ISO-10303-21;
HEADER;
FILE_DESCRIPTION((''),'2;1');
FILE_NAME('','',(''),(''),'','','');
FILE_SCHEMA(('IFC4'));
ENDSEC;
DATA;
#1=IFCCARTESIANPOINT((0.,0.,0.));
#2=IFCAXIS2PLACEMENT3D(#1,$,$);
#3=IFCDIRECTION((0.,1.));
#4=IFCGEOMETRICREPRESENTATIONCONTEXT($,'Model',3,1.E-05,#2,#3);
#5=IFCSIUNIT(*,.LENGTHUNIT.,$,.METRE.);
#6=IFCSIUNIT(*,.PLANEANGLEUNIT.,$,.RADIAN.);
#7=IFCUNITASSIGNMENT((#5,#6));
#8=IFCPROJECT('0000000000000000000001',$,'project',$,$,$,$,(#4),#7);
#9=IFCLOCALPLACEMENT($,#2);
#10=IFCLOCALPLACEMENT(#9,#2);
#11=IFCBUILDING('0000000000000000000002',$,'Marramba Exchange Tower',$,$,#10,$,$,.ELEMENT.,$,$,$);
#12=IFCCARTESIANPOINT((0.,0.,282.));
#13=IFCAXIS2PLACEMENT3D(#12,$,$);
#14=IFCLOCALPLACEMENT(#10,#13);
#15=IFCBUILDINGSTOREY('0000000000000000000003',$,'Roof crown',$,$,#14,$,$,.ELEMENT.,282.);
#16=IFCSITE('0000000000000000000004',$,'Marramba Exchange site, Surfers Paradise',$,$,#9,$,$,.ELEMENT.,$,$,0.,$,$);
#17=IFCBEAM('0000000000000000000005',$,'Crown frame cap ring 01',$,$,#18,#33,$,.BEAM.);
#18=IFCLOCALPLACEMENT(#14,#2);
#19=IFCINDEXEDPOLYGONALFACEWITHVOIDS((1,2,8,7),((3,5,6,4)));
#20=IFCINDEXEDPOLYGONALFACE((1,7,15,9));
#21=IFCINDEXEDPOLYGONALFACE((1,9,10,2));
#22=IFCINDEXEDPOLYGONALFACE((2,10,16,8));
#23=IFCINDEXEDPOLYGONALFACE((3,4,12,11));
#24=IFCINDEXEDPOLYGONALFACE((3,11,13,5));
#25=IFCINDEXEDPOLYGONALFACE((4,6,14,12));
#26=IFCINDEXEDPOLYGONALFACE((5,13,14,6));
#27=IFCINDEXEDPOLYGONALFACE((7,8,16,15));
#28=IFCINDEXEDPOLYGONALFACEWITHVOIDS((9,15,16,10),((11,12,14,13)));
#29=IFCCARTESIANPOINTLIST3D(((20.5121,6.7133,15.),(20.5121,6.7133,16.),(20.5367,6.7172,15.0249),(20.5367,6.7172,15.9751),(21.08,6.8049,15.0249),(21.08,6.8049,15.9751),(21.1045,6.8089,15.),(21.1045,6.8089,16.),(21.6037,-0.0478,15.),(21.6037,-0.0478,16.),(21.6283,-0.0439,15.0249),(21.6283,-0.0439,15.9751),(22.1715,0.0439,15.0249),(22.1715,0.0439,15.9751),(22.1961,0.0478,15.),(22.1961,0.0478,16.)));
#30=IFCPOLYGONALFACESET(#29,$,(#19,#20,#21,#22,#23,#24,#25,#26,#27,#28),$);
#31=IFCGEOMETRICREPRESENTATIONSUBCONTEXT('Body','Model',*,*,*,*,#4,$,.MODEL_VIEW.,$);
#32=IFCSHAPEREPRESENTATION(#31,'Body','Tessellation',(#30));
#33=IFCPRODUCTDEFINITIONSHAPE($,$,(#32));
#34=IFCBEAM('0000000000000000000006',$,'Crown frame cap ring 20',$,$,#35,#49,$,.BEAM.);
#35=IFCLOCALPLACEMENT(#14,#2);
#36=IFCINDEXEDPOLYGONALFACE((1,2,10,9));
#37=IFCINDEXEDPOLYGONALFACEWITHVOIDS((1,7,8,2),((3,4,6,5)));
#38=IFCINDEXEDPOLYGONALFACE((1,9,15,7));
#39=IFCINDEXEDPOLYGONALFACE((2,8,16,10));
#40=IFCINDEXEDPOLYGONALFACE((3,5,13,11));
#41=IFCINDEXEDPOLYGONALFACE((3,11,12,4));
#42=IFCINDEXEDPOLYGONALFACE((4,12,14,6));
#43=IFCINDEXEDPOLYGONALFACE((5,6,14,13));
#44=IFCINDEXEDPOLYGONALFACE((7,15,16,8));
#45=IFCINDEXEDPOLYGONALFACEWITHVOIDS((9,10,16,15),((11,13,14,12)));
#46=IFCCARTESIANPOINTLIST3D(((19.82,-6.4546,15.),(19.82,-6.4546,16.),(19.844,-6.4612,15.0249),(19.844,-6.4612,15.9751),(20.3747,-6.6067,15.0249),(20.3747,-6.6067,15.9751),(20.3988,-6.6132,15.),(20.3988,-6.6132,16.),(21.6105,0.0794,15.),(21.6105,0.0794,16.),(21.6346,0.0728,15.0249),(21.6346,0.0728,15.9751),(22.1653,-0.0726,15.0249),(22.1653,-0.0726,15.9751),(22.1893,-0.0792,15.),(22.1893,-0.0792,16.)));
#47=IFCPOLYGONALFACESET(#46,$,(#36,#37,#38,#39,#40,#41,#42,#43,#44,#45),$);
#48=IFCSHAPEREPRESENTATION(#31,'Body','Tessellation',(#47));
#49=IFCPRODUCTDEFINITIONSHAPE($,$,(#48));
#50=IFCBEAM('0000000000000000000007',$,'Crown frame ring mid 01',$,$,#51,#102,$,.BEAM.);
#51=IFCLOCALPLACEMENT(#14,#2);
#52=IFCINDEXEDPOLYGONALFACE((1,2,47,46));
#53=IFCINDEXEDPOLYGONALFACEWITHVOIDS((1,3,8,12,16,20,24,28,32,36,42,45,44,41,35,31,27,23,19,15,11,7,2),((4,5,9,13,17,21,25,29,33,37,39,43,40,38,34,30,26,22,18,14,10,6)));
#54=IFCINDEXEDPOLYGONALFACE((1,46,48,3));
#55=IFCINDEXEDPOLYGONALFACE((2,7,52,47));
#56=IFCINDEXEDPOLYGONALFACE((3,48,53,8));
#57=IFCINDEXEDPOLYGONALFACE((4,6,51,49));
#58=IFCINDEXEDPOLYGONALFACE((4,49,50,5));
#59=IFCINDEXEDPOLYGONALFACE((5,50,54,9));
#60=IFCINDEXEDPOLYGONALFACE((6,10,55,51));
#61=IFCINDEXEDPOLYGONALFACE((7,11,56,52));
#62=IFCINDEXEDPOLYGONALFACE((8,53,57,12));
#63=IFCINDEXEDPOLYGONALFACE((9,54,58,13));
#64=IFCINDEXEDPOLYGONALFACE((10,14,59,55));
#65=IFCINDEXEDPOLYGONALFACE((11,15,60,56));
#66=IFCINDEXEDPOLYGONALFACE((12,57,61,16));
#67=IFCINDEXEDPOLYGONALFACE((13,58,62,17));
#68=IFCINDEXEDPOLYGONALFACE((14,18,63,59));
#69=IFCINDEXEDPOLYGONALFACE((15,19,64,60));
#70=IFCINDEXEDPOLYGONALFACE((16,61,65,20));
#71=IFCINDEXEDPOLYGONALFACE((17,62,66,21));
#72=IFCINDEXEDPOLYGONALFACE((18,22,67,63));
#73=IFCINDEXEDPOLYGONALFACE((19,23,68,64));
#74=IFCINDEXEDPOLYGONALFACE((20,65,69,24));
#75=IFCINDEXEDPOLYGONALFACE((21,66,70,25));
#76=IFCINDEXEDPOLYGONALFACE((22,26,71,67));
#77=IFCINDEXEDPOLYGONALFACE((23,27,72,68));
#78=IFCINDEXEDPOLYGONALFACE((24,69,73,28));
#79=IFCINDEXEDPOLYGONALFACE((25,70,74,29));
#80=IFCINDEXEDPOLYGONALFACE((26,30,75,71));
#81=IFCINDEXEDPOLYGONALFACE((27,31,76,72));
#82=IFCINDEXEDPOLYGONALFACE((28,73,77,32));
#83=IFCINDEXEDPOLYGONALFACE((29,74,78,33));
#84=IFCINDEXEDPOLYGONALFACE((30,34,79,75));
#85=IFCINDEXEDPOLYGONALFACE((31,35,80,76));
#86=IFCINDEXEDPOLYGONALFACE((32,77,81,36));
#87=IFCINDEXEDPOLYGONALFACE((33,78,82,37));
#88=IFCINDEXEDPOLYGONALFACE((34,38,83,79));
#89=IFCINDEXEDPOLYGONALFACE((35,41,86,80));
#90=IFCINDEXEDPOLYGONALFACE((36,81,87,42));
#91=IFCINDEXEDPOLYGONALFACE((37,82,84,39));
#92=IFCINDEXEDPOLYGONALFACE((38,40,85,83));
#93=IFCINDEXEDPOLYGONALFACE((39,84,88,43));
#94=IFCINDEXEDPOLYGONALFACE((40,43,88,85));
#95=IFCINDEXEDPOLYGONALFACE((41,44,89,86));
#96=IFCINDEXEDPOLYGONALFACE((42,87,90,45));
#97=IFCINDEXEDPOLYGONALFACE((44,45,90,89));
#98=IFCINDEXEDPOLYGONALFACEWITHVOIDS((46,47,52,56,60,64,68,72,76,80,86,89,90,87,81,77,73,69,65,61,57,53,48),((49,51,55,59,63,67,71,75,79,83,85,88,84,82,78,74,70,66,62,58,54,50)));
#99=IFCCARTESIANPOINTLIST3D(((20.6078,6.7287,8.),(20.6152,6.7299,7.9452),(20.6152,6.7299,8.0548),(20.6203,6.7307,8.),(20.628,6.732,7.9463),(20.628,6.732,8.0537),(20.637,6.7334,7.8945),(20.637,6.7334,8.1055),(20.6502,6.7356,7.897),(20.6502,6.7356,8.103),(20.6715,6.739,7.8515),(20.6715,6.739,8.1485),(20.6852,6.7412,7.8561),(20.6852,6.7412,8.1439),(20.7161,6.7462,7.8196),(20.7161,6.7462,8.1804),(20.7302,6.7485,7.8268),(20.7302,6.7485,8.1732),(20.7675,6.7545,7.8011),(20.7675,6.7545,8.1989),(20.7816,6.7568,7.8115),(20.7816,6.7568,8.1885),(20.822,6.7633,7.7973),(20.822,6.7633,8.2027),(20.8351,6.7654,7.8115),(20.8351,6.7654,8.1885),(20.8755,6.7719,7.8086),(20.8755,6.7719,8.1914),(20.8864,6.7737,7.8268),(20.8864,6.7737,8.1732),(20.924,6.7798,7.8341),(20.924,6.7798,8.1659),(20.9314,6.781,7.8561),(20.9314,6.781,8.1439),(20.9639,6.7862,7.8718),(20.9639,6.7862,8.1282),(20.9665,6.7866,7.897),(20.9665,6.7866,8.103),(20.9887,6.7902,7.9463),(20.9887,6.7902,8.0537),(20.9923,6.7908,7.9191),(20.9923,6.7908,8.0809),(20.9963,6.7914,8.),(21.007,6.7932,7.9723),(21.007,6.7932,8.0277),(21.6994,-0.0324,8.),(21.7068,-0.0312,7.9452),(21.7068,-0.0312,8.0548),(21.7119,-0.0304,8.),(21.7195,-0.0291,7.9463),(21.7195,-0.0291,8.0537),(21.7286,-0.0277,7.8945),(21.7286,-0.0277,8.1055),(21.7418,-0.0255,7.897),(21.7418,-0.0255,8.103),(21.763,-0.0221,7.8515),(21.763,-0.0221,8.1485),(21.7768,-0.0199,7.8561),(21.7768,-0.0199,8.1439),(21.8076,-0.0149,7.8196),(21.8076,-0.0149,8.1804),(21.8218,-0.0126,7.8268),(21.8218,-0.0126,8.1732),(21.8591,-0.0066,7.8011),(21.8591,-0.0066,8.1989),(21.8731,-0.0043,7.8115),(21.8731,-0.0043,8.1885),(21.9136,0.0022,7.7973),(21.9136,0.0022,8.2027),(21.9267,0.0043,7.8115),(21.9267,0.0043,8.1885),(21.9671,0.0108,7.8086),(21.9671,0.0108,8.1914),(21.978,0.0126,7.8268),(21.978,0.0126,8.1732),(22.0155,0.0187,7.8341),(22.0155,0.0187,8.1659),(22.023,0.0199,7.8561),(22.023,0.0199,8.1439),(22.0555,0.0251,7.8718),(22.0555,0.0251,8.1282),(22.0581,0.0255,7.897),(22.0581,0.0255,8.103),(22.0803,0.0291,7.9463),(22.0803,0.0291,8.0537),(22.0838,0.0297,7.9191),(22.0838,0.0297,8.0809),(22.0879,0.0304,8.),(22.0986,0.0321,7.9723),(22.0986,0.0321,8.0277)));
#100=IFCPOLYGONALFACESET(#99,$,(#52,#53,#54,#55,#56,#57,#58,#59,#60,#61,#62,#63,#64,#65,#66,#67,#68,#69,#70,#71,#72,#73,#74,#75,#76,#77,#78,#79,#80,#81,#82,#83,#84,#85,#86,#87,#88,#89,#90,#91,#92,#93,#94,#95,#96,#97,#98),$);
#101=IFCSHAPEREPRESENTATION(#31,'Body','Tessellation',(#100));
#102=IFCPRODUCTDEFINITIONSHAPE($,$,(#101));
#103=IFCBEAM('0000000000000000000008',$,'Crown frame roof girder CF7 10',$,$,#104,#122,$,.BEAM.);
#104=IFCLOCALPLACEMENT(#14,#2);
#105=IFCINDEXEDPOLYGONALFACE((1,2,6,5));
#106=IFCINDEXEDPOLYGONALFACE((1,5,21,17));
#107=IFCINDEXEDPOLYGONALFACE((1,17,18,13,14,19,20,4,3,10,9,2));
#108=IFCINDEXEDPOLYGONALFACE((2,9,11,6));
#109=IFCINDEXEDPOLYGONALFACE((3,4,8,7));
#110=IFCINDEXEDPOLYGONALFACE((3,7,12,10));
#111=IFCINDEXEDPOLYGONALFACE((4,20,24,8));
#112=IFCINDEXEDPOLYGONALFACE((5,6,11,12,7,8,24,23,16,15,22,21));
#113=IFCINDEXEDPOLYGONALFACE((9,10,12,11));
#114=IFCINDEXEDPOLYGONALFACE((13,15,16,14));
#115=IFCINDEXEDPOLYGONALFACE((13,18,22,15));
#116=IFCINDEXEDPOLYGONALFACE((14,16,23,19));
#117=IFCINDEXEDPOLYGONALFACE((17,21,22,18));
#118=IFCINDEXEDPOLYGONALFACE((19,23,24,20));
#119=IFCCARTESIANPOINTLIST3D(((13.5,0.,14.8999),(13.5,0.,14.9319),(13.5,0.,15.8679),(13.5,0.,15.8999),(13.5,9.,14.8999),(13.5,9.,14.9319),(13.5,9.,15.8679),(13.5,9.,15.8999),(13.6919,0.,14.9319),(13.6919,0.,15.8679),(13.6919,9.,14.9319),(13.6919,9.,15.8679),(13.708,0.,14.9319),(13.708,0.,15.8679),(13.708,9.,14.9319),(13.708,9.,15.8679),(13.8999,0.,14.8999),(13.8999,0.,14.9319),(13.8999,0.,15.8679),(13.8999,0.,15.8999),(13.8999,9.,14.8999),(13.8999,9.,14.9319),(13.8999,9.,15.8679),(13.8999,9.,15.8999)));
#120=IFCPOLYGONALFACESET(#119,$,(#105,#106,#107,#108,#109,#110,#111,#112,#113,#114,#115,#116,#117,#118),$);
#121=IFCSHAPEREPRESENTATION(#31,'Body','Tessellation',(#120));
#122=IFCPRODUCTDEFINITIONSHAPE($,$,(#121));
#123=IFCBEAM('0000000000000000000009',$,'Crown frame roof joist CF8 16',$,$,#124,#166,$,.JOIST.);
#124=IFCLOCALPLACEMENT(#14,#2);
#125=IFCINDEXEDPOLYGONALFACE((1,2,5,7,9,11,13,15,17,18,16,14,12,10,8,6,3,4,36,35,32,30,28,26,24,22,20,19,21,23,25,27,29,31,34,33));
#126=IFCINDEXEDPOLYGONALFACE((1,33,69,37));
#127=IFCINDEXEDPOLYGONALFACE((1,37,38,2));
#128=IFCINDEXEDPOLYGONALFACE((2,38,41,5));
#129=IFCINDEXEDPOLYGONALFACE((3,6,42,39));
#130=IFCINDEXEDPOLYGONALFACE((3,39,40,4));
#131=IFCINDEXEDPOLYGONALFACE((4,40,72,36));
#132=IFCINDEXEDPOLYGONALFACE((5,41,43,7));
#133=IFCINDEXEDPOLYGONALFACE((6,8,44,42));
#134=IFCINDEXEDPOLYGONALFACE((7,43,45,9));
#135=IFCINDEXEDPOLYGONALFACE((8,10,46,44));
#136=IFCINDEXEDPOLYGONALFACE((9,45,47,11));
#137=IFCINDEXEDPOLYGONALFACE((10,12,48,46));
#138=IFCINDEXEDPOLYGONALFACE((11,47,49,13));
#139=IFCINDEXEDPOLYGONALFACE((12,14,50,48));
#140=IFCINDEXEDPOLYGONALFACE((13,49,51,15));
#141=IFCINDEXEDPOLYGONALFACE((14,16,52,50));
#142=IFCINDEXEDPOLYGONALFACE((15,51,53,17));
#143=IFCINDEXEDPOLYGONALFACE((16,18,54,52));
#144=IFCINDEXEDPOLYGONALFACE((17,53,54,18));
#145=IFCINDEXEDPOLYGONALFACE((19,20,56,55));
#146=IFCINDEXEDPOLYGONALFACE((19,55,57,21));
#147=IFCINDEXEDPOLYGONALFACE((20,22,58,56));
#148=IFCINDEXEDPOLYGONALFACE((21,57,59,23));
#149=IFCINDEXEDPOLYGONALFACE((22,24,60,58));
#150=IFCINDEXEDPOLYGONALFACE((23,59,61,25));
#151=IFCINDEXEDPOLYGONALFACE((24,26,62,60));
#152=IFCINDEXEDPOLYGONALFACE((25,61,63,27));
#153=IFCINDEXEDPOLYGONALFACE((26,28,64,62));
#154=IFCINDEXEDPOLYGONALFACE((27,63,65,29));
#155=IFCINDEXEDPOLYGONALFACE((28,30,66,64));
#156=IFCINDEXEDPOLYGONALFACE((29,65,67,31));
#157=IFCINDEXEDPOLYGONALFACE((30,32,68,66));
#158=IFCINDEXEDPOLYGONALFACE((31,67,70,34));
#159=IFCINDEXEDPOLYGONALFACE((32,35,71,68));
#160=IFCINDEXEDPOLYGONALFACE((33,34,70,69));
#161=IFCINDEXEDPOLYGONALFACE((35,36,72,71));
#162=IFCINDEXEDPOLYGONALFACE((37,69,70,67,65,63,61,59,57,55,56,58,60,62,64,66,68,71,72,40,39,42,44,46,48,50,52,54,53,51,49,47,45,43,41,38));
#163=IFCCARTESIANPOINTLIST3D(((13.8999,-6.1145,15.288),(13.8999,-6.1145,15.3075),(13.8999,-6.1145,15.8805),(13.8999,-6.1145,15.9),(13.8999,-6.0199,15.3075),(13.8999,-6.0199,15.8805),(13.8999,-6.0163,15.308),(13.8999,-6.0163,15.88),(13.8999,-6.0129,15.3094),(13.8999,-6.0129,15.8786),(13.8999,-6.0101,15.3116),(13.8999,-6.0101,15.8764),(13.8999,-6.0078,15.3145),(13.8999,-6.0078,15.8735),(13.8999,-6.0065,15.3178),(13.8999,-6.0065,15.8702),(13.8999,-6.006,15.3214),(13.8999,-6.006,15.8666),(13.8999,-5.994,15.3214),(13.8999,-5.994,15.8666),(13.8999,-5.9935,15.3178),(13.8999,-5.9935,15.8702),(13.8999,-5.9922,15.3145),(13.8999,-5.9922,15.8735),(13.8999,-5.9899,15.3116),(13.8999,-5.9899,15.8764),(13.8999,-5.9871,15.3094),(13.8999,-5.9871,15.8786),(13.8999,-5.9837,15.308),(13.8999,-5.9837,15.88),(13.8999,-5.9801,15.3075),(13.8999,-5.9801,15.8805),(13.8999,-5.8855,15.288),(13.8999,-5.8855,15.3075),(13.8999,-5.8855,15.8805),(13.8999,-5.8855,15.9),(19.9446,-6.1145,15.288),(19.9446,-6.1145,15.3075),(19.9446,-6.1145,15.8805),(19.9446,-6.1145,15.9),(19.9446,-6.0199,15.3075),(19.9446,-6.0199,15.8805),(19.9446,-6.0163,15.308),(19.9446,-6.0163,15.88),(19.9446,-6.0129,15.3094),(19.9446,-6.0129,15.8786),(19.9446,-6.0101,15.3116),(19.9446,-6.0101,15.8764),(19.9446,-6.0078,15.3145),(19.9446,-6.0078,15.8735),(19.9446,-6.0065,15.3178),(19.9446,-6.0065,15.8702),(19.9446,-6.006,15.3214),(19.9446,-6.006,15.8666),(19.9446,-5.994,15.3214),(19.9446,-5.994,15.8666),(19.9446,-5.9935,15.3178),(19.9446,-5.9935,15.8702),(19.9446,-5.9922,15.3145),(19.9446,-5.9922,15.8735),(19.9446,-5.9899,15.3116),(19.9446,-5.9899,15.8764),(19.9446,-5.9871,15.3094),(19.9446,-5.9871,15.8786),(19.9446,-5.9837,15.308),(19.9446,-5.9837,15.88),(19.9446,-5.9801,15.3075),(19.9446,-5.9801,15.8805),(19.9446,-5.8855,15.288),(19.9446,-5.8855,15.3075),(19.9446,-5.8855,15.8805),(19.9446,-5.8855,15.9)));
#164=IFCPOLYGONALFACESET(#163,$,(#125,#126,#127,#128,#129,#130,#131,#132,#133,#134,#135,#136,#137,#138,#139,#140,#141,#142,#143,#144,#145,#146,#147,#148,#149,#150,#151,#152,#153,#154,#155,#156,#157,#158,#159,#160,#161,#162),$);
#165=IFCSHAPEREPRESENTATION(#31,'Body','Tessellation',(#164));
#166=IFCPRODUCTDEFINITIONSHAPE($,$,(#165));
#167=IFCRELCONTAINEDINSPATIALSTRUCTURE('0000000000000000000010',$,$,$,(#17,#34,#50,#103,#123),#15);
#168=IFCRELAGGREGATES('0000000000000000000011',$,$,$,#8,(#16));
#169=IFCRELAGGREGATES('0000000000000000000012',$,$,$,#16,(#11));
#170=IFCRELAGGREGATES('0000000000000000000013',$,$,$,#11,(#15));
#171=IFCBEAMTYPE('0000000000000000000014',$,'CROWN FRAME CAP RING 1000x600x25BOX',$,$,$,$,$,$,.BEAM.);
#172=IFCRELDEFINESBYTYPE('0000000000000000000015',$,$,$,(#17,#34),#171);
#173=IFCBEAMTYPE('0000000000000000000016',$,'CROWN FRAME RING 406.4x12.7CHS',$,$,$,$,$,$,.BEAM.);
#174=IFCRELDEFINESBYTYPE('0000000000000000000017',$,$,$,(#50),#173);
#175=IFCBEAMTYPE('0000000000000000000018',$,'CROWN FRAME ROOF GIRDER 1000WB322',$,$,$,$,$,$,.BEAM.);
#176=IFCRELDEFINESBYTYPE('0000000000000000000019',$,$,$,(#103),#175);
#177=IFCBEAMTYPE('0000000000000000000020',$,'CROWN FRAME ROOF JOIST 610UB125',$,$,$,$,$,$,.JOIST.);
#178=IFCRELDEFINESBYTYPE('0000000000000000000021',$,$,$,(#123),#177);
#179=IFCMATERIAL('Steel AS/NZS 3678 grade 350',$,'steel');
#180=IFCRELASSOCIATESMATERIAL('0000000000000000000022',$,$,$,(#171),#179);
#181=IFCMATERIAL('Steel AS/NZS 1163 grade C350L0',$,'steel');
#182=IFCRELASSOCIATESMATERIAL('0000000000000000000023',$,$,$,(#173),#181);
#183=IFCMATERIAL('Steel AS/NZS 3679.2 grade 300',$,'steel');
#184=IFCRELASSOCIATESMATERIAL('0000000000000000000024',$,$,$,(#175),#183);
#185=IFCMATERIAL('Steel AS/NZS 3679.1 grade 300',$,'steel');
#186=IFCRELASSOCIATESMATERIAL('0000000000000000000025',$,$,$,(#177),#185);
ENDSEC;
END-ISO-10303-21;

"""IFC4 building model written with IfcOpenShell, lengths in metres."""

from ifc_helpers import new_model, si_unit, direction, frame, origin, origin_2d, place, context, subcontext, project, spatial, hollow_rectangle, hollow_circle, i_section, extrude, material, material_profile, profile_set, type_object, element, save


model = new_model("IFC4")

# Units and contexts
model_context = context("Model", 3, precision=1e-05, world=origin(), true_north=direction((0.0, 1.0)))
body_context = subcontext(model_context, "Body", "Model", "MODEL_VIEW")
ifc_project = project(units=[si_unit("LENGTHUNIT", "METRE"), si_unit("PLANEANGLEUNIT", "RADIAN")], contexts=[model_context])

# Site, building, storey
site_placement = place(None, origin())
site = spatial("IfcSite", under=ifc_project, at=site_placement, Name="Marramba Exchange site, Surfers Paradise", CompositionType="ELEMENT", RefElevation=0.0)
building_placement = place(site_placement, origin())
building = spatial("IfcBuilding", under=site, at=building_placement, Name="Marramba Exchange Tower", CompositionType="ELEMENT")
storey_placement = place(building_placement, frame((0.0, 0.0, 282.0)))
storey = spatial("IfcBuildingStorey", under=building, at=storey_placement, Name="Roof crown", CompositionType="ELEMENT", Elevation=282.0)

# Beams
ifc_material_1 = material(Name="Steel AS/NZS 3678 grade 350", Category="steel")
ifc_material_profile_1 = material_profile(ifc_material_1, hollow_rectangle(XDim=0.6001, YDim=1.0, WallThickness=0.0249, at=origin_2d()), Name="1000x600x25BOX")
ifc_profile_set_1 = profile_set([ifc_material_profile_1], Name="Steel AS/NZS 3678 grade 350")
beam_type_1 = type_object("IfcBeamType", Name="CROWN FRAME CAP RING 1000x600x25BOX", PredefinedType="BEAM", material=ifc_profile_set_1)
beam_1_placement = place(storey_placement, frame((21.8999, 0.0, 15.5), z_axis=(-0.159385, 0.987217, 0.0), x_axis=(-0.987217, -0.159385, 0.0)))
element("IfcBeam", 1, at=beam_1_placement, inside=storey, type_object=beam_type_1, Name="Crown frame cap ring 01", PredefinedType="BEAM", context=body_context, shape_type="SweptSolid", body=[
    extrude(hollow_rectangle(XDim=0.6001, YDim=1.0, WallThickness=0.0249, at=origin_2d()), origin(), (0.0, 0.0, 1.0), 6.8486),
])
beam_2_placement = place(storey_placement, frame((20.1094, -6.5339, 15.5), z_axis=(0.264291, 0.964443, 0.0), x_axis=(-0.964443, 0.264291, 0.0)))
element("IfcBeam", 2, at=beam_2_placement, inside=storey, type_object=beam_type_1, Name="Crown frame cap ring 20", PredefinedType="BEAM", context=body_context, shape_type="SweptSolid", body=[
    extrude(hollow_rectangle(XDim=0.6001, YDim=1.0, WallThickness=0.0249, at=origin_2d()), origin(), (0.0, 0.0, 1.0), 6.7749),
])
ifc_material_2 = material(Name="Steel AS/NZS 1163 grade C350L0", Category="steel")
ifc_material_profile_2 = material_profile(ifc_material_2, hollow_circle(Radius=0.2031, WallThickness=0.0127, at=origin_2d()), Name="406.4x12.7CHS")
ifc_profile_set_2 = profile_set([ifc_material_profile_2], Name="Steel AS/NZS 1163 grade C350L0")
beam_type_2 = type_object("IfcBeamType", Name="CROWN FRAME RING 406.4x12.7CHS", PredefinedType="BEAM", material=ifc_profile_set_2)
beam_3_placement = place(storey_placement, frame((21.8999, 0.0, 8.0), z_axis=(-0.159385, 0.987217, 0.0), x_axis=(-0.987217, -0.159385, 0.0)))
element("IfcBeam", 3, at=beam_3_placement, inside=storey, type_object=beam_type_2, Name="Crown frame ring mid 01", PredefinedType="BEAM", context=body_context, shape_type="SweptSolid", body=[
    extrude(hollow_circle(Radius=0.2031, WallThickness=0.0127, at=origin_2d()), origin(), (0.0, 0.0, 1.0), 6.8486),
])
ifc_material_3 = material(Name="Steel AS/NZS 3679.2 grade 300", Category="steel")
ifc_material_profile_3 = material_profile(ifc_material_3, i_section(OverallWidth=0.3999, OverallDepth=1.0, WebThickness=0.0161, FlangeThickness=0.032, at=origin_2d()), Name="1000WB322")
ifc_profile_set_3 = profile_set([ifc_material_profile_3], Name="Steel AS/NZS 3679.2 grade 300")
beam_type_3 = type_object("IfcBeamType", Name="CROWN FRAME ROOF GIRDER 1000WB322", PredefinedType="BEAM", material=ifc_profile_set_3)
beam_4_placement = place(storey_placement, frame((13.7, 0.0, 15.3999), z_axis=(0.0, 1.0, 0.0), x_axis=(-1.0, 0.0, 0.0)))
element("IfcBeam", 4, at=beam_4_placement, inside=storey, type_object=beam_type_3, Name="Crown frame roof girder CF7 10", PredefinedType="BEAM", context=body_context, shape_type="SweptSolid", body=[
    extrude(i_section(OverallWidth=0.3999, OverallDepth=1.0, WebThickness=0.0161, FlangeThickness=0.032, at=origin_2d()), origin(), (0.0, 0.0, 1.0), 9.0),
])
ifc_material_4 = material(Name="Steel AS/NZS 3679.1 grade 300", Category="steel")
ifc_material_profile_4 = material_profile(ifc_material_4, i_section(OverallWidth=0.229, OverallDepth=0.6121, WebThickness=0.012, FlangeThickness=0.0195, FilletRadius=0.0139, at=origin_2d()), Name="610UB125")
ifc_profile_set_4 = profile_set([ifc_material_profile_4], Name="Steel AS/NZS 3679.1 grade 300")
beam_type_4 = type_object("IfcBeamType", Name="CROWN FRAME ROOF JOIST 610UB125", PredefinedType="JOIST", material=ifc_profile_set_4)
beam_5_placement = place(storey_placement, frame((13.8999, -6.0, 15.594), z_axis=(1.0, 0.0, 0.0), x_axis=(0.0, 1.0, 0.0)))
element("IfcBeam", 5, at=beam_5_placement, inside=storey, type_object=beam_type_4, Name="Crown frame roof joist CF8 16", PredefinedType="JOIST", context=body_context, shape_type="SweptSolid", body=[
    extrude(i_section(OverallWidth=0.229, OverallDepth=0.6121, WebThickness=0.012, FlangeThickness=0.0195, FilletRadius=0.0139, at=origin_2d()), origin(), (0.0, 0.0, 1.0), 6.0447),
])

save(model, "model.ifc")
